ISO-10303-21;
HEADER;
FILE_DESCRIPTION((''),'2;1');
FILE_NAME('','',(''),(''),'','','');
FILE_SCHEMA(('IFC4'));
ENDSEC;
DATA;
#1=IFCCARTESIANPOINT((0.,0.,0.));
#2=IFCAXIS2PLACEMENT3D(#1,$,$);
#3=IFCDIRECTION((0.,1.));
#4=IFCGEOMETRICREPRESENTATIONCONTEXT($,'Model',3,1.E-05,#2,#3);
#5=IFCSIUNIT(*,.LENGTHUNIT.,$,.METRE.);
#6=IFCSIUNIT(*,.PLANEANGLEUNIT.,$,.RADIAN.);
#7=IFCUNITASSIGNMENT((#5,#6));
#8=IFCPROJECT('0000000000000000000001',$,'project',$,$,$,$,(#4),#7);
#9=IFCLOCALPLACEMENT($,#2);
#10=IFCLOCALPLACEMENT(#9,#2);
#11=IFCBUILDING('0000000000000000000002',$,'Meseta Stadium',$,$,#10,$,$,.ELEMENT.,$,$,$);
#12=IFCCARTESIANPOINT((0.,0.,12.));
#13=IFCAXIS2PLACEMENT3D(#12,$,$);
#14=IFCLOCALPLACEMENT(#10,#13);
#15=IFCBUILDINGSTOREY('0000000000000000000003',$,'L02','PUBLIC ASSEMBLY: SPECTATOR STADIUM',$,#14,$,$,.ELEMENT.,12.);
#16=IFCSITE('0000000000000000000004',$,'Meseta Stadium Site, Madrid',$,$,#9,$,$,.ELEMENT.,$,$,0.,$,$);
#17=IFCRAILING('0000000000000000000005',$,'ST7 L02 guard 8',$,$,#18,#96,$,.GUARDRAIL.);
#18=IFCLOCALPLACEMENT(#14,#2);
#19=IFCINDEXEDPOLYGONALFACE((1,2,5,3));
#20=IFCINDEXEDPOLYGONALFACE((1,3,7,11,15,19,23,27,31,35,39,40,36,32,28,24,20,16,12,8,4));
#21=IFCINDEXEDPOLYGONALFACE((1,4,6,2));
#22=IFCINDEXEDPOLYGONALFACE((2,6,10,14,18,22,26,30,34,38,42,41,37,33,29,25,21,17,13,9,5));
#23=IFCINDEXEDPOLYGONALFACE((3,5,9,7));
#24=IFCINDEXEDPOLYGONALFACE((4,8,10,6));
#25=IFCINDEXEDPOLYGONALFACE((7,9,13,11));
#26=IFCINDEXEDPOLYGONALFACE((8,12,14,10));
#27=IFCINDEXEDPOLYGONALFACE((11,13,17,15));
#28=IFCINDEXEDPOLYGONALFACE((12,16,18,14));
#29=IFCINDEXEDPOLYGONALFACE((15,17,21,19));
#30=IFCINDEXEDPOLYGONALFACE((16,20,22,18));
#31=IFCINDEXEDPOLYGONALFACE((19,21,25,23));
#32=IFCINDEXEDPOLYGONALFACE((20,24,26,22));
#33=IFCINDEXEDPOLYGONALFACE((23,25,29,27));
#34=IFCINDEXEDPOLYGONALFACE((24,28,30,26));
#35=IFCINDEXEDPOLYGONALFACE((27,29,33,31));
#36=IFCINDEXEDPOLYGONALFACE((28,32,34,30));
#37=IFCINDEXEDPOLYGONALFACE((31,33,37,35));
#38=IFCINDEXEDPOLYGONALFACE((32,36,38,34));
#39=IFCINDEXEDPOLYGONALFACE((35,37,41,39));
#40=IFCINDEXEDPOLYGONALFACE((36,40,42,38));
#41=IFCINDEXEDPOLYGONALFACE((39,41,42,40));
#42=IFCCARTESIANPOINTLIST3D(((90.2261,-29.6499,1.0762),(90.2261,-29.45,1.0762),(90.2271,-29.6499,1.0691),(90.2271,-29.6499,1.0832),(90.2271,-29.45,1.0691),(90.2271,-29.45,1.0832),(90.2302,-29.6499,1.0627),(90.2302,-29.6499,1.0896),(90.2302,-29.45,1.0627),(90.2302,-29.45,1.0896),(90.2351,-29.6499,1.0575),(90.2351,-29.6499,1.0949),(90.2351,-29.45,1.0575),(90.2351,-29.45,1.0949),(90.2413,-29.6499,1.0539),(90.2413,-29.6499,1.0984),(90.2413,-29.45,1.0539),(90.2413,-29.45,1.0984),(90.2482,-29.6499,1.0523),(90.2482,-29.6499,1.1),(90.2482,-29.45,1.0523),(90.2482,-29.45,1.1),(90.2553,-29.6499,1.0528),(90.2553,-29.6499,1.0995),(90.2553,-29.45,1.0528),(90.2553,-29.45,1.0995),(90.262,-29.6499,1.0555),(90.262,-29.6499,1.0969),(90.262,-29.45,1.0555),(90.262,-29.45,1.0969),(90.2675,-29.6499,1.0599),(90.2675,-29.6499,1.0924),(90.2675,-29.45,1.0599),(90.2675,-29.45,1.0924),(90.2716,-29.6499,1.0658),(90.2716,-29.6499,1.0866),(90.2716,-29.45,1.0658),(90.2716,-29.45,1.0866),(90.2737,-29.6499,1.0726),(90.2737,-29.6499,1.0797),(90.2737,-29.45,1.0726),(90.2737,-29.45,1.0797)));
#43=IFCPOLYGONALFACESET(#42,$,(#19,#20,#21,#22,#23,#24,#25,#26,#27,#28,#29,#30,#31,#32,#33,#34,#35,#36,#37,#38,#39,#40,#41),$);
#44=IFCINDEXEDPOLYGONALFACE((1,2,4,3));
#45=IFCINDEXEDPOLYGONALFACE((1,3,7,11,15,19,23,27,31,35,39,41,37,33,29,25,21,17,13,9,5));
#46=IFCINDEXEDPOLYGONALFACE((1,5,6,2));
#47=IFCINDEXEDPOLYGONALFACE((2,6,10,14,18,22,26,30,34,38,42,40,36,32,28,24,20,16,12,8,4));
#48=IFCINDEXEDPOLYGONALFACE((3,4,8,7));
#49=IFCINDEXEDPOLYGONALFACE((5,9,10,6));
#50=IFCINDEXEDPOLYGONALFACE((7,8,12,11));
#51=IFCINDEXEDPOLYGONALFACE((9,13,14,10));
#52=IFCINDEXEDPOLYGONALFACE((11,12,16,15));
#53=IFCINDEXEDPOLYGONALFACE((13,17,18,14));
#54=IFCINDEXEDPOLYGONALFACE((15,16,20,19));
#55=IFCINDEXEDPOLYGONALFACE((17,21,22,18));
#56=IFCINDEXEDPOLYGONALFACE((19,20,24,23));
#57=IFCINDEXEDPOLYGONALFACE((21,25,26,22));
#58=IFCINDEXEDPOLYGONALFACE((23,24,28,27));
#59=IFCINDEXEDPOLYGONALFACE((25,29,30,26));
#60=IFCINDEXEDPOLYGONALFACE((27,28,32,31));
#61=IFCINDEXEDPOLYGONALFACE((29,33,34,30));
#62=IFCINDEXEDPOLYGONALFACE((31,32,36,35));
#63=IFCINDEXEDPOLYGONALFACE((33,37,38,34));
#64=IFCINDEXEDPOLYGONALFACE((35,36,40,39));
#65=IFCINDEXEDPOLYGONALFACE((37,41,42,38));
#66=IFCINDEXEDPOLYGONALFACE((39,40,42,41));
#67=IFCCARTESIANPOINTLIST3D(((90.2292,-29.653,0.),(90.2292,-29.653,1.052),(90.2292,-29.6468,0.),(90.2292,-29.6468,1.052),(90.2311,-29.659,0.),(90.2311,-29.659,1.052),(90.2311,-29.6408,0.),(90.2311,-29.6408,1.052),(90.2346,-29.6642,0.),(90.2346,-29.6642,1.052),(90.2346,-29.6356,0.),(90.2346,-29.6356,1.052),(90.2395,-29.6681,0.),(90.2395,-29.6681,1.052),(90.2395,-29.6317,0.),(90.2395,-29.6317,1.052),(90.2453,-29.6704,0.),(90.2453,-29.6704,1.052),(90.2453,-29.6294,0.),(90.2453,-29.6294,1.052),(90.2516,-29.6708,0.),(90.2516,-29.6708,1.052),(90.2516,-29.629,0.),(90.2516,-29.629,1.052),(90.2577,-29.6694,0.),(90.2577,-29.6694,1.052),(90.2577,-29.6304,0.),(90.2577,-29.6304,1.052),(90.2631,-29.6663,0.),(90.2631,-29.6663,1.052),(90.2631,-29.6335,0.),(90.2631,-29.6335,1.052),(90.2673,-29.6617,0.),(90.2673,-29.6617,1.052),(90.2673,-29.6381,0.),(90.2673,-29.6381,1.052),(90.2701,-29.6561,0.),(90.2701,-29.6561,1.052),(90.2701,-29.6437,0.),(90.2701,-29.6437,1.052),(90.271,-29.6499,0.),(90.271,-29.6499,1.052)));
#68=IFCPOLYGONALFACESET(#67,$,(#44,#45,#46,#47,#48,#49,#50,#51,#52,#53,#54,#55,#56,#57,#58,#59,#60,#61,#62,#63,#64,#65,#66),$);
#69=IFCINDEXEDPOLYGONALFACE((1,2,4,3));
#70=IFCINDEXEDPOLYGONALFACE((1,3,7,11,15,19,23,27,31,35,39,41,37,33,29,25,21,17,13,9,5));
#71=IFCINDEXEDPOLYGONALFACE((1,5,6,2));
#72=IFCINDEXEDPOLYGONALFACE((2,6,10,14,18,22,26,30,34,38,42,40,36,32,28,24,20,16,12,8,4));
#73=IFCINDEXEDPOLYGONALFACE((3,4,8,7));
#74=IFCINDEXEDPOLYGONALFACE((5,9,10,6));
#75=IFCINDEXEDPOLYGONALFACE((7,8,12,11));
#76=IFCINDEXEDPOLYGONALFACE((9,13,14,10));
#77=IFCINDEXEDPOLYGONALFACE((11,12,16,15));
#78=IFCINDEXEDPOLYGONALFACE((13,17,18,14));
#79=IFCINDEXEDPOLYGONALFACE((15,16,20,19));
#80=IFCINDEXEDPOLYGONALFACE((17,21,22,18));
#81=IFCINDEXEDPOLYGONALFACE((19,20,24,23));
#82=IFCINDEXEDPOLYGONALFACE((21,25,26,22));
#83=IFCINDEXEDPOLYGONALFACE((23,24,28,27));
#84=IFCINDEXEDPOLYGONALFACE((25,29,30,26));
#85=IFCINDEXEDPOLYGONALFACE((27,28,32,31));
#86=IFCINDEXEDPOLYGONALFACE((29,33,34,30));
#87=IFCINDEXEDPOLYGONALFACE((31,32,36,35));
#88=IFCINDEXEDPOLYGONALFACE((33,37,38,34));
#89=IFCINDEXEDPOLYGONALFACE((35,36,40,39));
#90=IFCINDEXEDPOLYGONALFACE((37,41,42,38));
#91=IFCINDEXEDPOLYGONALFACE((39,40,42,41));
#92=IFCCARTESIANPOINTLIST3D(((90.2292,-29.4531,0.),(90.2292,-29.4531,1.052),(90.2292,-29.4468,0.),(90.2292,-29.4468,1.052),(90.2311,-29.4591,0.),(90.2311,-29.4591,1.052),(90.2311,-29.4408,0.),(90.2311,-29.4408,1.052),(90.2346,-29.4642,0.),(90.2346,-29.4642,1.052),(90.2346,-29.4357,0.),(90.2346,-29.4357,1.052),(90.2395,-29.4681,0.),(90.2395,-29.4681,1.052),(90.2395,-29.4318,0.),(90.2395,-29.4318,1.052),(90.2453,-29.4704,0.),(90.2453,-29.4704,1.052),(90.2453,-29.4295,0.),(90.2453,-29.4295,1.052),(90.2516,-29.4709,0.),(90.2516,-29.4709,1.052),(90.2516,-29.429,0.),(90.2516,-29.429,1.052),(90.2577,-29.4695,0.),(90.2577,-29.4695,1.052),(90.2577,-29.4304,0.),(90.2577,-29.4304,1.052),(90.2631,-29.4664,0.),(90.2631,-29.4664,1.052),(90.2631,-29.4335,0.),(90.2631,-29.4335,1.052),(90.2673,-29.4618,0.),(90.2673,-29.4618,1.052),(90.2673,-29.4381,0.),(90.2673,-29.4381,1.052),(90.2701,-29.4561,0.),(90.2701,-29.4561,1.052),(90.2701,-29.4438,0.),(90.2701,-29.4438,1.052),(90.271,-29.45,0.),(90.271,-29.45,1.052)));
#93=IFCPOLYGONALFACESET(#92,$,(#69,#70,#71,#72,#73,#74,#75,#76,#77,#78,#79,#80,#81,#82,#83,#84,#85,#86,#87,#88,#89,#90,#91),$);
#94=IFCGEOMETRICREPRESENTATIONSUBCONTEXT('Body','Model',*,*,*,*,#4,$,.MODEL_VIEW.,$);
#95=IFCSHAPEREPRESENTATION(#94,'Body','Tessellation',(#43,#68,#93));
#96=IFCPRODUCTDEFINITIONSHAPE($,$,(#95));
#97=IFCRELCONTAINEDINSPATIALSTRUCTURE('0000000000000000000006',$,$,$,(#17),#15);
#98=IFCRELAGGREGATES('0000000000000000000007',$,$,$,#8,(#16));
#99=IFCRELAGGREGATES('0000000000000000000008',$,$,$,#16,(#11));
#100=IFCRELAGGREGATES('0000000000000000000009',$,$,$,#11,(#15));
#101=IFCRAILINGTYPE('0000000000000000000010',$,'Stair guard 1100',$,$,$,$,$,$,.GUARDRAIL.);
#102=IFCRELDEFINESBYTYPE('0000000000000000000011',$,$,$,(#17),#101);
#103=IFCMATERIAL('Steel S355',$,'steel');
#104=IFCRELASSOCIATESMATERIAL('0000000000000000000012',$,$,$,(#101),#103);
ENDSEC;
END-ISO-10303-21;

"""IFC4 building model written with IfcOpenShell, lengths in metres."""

from ifc_helpers import new_model, si_unit, direction, frame, origin, origin_2d, place, context, subcontext, project, spatial, circle, extrude, material, type_object, element, save


model = new_model("IFC4")

# Units and contexts
model_context = context("Model", 3, precision=1e-05, world=origin(), true_north=direction((0.0, 1.0)))
body_context = subcontext(model_context, "Body", "Model", "MODEL_VIEW")
ifc_project = project(units=[si_unit("LENGTHUNIT", "METRE"), si_unit("PLANEANGLEUNIT", "RADIAN")], contexts=[model_context])

# Site, building, storey
site_placement = place(None, origin())
site = spatial("IfcSite", under=ifc_project, at=site_placement, Name="Meseta Stadium Site, Madrid", CompositionType="ELEMENT", RefElevation=0.0)
building_placement = place(site_placement, origin())
building = spatial("IfcBuilding", under=site, at=building_placement, Name="Meseta Stadium", CompositionType="ELEMENT")
storey_placement = place(building_placement, frame((0.0, 0.0, 12.0)))
storey = spatial("IfcBuildingStorey", under=building, at=storey_placement, Name="L02", Description="PUBLIC ASSEMBLY: SPECTATOR STADIUM", CompositionType="ELEMENT", Elevation=12.0)

# Railing
ifc_material_1 = material(Name="Steel S355", Category="steel")
railing_type_1 = type_object("IfcRailingType", Name="Stair guard 1100", PredefinedType="GUARDRAIL", material=ifc_material_1)
railing_1_placement = place(storey_placement, frame((90.25, -29.6499, 0.0)))
element("IfcRailing", 1, at=railing_1_placement, inside=storey, type_object=railing_type_1, Name="ST7 L02 guard 8", PredefinedType="GUARDRAIL", context=body_context, shape_type="SweptSolid", body=[
    extrude(circle(Radius=0.0239, at=origin_2d()), frame((0.0, 0.0, 1.0762), z_axis=(0.0, 1.0, 0.0), x_axis=(-1.0, 0.0, 0.0)), (0.0, 0.0, 1.0), 0.2),
    extrude(circle(Radius=0.021, at=origin_2d()), origin(), (0.0, 0.0, 1.0), 1.052),
    extrude(circle(Radius=0.021, at=origin_2d()), frame((0.0, 0.2, 0.0)), (0.0, 0.0, 1.0), 1.052),
])

save(model, "model.ifc")
